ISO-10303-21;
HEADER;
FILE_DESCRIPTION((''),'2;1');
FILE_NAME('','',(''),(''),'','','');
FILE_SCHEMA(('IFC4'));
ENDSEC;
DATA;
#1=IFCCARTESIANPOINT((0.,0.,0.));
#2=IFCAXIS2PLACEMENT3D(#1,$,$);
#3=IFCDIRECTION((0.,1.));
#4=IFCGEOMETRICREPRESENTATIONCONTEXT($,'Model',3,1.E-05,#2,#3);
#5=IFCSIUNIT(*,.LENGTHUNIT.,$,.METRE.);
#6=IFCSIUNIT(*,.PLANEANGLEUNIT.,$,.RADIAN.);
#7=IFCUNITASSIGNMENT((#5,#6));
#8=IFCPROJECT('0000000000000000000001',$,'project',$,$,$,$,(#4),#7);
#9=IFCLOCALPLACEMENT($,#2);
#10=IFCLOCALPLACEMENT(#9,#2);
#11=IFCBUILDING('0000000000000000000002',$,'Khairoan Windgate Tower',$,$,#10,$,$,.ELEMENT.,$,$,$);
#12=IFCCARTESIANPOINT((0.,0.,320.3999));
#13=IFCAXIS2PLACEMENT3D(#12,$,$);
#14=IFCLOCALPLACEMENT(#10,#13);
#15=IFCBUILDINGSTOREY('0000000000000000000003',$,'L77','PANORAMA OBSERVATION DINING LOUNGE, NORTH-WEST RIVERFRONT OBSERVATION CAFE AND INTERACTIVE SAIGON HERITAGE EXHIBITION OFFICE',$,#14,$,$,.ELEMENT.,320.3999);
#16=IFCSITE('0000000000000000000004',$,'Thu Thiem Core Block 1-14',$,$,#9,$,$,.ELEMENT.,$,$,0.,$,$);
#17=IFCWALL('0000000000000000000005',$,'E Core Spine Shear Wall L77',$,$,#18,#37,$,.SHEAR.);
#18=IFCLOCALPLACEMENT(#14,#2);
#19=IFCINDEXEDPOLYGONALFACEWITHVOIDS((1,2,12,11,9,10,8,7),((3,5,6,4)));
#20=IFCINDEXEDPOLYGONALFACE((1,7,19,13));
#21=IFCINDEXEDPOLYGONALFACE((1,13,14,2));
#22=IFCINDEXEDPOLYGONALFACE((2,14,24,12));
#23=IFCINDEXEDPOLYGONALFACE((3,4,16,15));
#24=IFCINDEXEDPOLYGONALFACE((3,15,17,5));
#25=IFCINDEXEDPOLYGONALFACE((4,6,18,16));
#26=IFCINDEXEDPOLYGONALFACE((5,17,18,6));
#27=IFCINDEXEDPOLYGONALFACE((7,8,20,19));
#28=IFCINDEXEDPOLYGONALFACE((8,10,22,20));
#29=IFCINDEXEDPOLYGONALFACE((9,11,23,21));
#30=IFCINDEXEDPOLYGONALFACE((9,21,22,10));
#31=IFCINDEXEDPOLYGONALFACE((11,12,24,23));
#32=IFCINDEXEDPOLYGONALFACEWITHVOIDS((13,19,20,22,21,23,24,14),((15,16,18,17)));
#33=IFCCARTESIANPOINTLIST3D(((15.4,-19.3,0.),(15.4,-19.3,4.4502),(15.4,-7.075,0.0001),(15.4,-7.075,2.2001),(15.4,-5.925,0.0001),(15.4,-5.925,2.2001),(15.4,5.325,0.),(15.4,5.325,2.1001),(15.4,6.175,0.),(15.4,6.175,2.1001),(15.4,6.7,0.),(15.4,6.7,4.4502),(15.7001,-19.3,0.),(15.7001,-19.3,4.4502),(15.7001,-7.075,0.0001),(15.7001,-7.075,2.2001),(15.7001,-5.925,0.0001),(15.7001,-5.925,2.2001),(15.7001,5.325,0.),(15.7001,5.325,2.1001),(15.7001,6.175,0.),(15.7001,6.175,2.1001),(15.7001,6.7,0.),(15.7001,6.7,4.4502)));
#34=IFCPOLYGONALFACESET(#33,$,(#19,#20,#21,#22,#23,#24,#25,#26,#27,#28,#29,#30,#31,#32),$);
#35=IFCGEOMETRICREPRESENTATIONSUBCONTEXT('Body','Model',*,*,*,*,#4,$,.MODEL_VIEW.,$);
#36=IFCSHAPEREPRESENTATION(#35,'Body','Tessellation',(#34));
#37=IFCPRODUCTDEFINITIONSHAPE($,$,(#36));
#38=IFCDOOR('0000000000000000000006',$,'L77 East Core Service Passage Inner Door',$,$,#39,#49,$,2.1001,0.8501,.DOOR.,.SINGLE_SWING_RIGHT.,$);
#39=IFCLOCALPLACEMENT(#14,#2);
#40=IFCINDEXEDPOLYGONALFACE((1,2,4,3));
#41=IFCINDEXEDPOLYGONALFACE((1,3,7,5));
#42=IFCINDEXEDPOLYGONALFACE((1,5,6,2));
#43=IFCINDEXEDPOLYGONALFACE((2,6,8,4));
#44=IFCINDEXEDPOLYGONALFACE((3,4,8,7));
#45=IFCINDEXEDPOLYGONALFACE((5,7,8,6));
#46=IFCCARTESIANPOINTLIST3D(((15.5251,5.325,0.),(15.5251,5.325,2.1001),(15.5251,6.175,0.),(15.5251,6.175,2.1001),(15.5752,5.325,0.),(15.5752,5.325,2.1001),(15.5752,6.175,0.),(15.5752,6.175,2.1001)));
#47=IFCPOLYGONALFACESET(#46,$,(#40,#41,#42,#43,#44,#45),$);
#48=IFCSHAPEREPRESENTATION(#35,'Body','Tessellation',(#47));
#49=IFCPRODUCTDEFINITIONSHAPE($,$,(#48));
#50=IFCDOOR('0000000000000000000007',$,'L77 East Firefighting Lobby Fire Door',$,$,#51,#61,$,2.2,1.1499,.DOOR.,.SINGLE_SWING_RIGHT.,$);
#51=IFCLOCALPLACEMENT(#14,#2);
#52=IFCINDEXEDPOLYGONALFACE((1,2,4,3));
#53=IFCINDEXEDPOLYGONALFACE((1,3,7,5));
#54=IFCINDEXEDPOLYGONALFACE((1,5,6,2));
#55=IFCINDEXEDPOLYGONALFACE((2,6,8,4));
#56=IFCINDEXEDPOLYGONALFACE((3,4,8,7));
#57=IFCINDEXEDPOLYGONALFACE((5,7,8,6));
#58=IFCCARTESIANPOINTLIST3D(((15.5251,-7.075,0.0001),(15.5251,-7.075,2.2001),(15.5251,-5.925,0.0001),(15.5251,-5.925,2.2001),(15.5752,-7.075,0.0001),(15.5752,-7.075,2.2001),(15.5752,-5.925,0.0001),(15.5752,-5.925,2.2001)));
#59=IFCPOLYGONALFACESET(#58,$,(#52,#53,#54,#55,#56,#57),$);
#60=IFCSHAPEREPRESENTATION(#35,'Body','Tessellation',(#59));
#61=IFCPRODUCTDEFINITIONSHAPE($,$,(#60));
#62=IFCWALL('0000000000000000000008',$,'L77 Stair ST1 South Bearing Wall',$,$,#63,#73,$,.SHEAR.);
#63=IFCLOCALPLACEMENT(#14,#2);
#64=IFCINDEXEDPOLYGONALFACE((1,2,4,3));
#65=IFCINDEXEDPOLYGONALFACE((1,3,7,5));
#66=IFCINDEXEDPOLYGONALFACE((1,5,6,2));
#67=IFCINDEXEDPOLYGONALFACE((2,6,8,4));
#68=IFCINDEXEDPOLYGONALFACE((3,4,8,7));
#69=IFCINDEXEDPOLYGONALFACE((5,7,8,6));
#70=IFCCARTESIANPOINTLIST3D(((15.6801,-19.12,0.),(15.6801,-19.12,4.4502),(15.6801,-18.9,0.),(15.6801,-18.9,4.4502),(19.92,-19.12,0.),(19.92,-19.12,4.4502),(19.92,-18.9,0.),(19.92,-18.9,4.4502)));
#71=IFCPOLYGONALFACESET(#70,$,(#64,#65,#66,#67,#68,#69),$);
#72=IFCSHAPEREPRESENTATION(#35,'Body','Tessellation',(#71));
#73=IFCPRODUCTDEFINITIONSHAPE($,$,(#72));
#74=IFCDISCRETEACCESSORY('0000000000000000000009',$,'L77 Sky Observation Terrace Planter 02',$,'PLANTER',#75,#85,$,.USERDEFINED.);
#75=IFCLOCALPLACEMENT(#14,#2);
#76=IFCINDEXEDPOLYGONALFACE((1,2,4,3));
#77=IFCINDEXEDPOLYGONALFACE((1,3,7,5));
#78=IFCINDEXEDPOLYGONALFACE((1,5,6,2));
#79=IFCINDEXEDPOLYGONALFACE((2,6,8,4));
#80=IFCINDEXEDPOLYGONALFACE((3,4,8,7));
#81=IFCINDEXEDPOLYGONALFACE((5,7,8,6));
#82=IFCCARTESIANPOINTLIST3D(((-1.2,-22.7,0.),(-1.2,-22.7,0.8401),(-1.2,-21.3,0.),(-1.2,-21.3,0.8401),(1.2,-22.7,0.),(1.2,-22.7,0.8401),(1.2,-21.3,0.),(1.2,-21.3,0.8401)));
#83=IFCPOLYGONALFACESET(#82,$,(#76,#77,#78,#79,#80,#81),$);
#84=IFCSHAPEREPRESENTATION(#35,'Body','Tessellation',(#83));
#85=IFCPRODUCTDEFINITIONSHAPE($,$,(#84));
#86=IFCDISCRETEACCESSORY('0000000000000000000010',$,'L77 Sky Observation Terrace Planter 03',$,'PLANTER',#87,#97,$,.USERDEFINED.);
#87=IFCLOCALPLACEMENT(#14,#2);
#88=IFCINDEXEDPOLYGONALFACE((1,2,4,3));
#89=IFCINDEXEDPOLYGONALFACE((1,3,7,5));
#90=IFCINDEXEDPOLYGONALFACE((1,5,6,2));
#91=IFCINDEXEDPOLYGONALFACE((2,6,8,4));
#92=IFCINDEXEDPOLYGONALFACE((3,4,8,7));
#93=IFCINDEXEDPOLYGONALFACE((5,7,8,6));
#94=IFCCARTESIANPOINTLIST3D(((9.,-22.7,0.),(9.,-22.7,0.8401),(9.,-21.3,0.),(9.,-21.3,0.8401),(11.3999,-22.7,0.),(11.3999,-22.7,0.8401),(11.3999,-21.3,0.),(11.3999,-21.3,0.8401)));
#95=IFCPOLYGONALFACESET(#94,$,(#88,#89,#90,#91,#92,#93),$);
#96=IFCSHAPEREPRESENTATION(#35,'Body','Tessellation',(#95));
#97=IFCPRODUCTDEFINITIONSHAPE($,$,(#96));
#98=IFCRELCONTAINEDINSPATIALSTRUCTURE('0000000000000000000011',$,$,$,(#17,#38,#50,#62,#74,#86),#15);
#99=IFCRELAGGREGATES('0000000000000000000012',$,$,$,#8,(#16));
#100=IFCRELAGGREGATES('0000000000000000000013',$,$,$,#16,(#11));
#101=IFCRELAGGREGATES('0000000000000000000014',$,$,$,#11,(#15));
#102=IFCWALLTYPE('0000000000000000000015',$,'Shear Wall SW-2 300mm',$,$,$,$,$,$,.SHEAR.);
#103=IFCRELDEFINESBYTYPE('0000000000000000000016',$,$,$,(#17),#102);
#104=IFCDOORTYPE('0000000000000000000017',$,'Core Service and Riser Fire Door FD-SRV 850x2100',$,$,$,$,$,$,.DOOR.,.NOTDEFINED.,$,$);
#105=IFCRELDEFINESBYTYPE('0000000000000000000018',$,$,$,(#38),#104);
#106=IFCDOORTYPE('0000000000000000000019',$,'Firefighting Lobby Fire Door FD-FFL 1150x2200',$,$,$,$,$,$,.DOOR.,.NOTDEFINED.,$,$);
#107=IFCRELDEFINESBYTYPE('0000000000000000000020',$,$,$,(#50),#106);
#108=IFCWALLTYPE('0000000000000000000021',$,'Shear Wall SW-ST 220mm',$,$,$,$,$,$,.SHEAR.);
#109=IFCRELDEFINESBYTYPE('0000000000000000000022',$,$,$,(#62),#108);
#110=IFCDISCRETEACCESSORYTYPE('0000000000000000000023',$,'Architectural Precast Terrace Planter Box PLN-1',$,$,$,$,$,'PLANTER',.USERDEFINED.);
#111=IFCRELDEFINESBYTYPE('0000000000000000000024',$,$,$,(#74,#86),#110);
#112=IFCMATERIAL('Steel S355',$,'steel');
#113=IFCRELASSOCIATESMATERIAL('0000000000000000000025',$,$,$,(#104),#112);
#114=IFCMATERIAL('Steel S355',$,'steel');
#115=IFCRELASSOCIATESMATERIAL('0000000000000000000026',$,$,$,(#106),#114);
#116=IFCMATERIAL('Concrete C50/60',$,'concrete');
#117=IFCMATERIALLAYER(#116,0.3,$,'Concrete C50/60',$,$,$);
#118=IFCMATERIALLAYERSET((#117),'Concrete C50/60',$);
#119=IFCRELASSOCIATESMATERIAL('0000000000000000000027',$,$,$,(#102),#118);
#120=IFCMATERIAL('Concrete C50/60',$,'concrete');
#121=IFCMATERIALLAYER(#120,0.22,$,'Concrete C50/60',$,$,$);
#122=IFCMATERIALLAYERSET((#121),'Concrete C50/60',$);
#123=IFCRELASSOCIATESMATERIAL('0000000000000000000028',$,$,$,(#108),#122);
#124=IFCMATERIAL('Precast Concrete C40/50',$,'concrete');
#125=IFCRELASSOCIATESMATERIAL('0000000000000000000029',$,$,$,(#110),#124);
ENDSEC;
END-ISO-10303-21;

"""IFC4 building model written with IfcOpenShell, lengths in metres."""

from ifc_helpers import new_model, si_unit, direction, frame, frame_2d, origin, origin_2d, place, context, subcontext, project, spatial, rectangle, extrude, material, layer, layer_set, type_object, element, fill, save


model = new_model("IFC4")

# Units and contexts
model_context = context("Model", 3, precision=1e-05, world=origin(), true_north=direction((0.0, 1.0)))
body_context = subcontext(model_context, "Body", "Model", "MODEL_VIEW")
ifc_project = project(units=[si_unit("LENGTHUNIT", "METRE"), si_unit("PLANEANGLEUNIT", "RADIAN")], contexts=[model_context])

# Site, building, storey
site_placement = place(None, origin())
site = spatial("IfcSite", under=ifc_project, at=site_placement, Name="Thu Thiem Core Block 1-14", CompositionType="ELEMENT", RefElevation=0.0)
building_placement = place(site_placement, origin())
building = spatial("IfcBuilding", under=site, at=building_placement, Name="Khairoan Windgate Tower", CompositionType="ELEMENT")
storey_placement = place(building_placement, frame((0.0, 0.0, 320.3999)))
storey = spatial("IfcBuildingStorey", under=building, at=storey_placement, Name="L77", Description="PANORAMA OBSERVATION DINING LOUNGE, NORTH-WEST RIVERFRONT OBSERVATION CAFE AND INTERACTIVE SAIGON HERITAGE EXHIBITION OFFICE", CompositionType="ELEMENT", Elevation=320.3999)

# Shared definitions
ifc_material_1 = material(Name="Steel S355", Category="steel")
door_type_1 = type_object("IfcDoorType", Name="Core Service and Riser Fire Door FD-SRV 850x2100", OperationType="NOTDEFINED", PredefinedType="DOOR", material=ifc_material_1)
ifc_material_2 = material(Name="Steel S355", Category="steel")
door_type_2 = type_object("IfcDoorType", Name="Firefighting Lobby Fire Door FD-FFL 1150x2200", OperationType="NOTDEFINED", PredefinedType="DOOR", material=ifc_material_2)

# Wall, openings, doors
ifc_material_3 = material(Name="Concrete C50/60", Category="concrete")
ifc_layer_1 = layer(ifc_material_3, 0.3, Name="Concrete C50/60")
ifc_layer_set_1 = layer_set([ifc_layer_1], Name="Concrete C50/60")
wall_type_1 = type_object("IfcWallType", Name="Shear Wall SW-2 300mm", PredefinedType="SHEAR", material=ifc_layer_set_1)
wall_1_placement = place(storey_placement, frame((15.55, -19.3, 0.0), z_axis=(0.0, 0.0, 1.0), x_axis=(0.0, 1.0, 0.0)))
wall_1 = element("IfcWall", 1, at=wall_1_placement, inside=storey, type_object=wall_type_1, Name="E Core Spine Shear Wall L77", PredefinedType="SHEAR", context=body_context, shape_type="SweptSolid", body=[
    extrude(rectangle(XDim=26.0, YDim=0.3, at=frame_2d((13.0, 0.0))), origin(), (0.0, 0.0, 1.0), 4.4502),
])
opening_1_placement = place(wall_1_placement, frame((12.2251, 0.0, 0.0)))
opening_1 = element("IfcOpeningElement", 2, at=opening_1_placement, cuts=wall_1, PredefinedType="OPENING", context=body_context, shape_type="SweptSolid", body=[
    extrude(rectangle(XDim=1.1499, YDim=2.2, at=frame_2d((0.575, 1.1001))), frame((0.0, 0.1599, 0.0), z_axis=(0.0, -1.0, 0.0), x_axis=(1.0, 0.0, 0.0)), (0.0, 0.0, 1.0), 0.3201),
])
opening_2_placement = place(wall_1_placement, frame((24.625, 0.0, 0.0)))
opening_2 = element("IfcOpeningElement", 3, at=opening_2_placement, cuts=wall_1, PredefinedType="OPENING", context=body_context, shape_type="SweptSolid", body=[
    extrude(rectangle(XDim=0.8501, YDim=2.1001, at=frame_2d((0.425, 1.05))), frame((0.0, 0.1599, 0.0), z_axis=(0.0, -1.0, 0.0), x_axis=(1.0, 0.0, 0.0)), (0.0, 0.0, 1.0), 0.3201),
])
door_1_placement = place(opening_2_placement, origin())
door_1 = element("IfcDoor", 4, at=door_1_placement, inside=storey, type_object=door_type_1, Name="L77 East Core Service Passage Inner Door", OperationType="SINGLE_SWING_RIGHT", OverallHeight=2.1001, OverallWidth=0.8501, PredefinedType="DOOR", context=body_context, shape_type="SweptSolid", body=[
    extrude(rectangle(XDim=0.8501, YDim=2.1001, at=frame_2d((0.425, 1.05))), frame((0.0, 0.0249, 0.0), z_axis=(0.0, -1.0, 0.0), x_axis=(1.0, 0.0, 0.0)), (0.0, 0.0, 1.0), 0.05),
])
fill(opening_2, door_1)
door_2_placement = place(opening_1_placement, origin())
door_2 = element("IfcDoor", 5, at=door_2_placement, inside=storey, type_object=door_type_2, Name="L77 East Firefighting Lobby Fire Door", OperationType="SINGLE_SWING_RIGHT", OverallHeight=2.2, OverallWidth=1.1499, PredefinedType="DOOR", context=body_context, shape_type="SweptSolid", body=[
    extrude(rectangle(XDim=1.1499, YDim=2.2, at=frame_2d((0.575, 1.1001))), frame((0.0, 0.0249, 0.0), z_axis=(0.0, -1.0, 0.0), x_axis=(1.0, 0.0, 0.0)), (0.0, 0.0, 1.0), 0.05),
])
fill(opening_1, door_2)

# Wall
ifc_material_4 = material(Name="Concrete C50/60", Category="concrete")
ifc_layer_2 = layer(ifc_material_4, 0.22, Name="Concrete C50/60")
ifc_layer_set_2 = layer_set([ifc_layer_2], Name="Concrete C50/60")
wall_type_2 = type_object("IfcWallType", Name="Shear Wall SW-ST 220mm", PredefinedType="SHEAR", material=ifc_layer_set_2)
wall_2_placement = place(storey_placement, frame((15.6799, -19.01, 0.0), z_axis=(0.0, 0.0, 1.0), x_axis=(1.0, 0.0, 0.0)))
element("IfcWall", 6, at=wall_2_placement, inside=storey, type_object=wall_type_2, Name="L77 Stair ST1 South Bearing Wall", PredefinedType="SHEAR", context=body_context, shape_type="SweptSolid", body=[
    extrude(rectangle(XDim=4.24, YDim=0.22, at=frame_2d((2.1201, 0.0))), origin(), (0.0, 0.0, 1.0), 4.4502),
])

# Discrete accessories
ifc_material_5 = material(Name="Precast Concrete C40/50", Category="concrete")
discrete_accessory_type = type_object("IfcDiscreteAccessoryType", Name="Architectural Precast Terrace Planter Box PLN-1", ElementType="PLANTER", PredefinedType="USERDEFINED", material=ifc_material_5)
for number, where, z_axis, x_axis, name in (
    (7, (0.0, -22.0, 0.0), (0.0, 0.0, 1.0), (0.0, 1.0, 0.0), "L77 Sky Observation Terrace Planter 02"),
    (8, (10.2, -22.0, 0.0), (0.0, 0.0, 1.0), (0.0, 1.0, 0.0), "L77 Sky Observation Terrace Planter 03"),
):
    element("IfcDiscreteAccessory", number, at=place(storey_placement, frame(where, z_axis=z_axis, x_axis=x_axis)), inside=storey, type_object=discrete_accessory_type, Name=name, ObjectType="PLANTER", PredefinedType="USERDEFINED", context=body_context, shape_type="SweptSolid", body=[
        extrude(rectangle(XDim=1.3999, YDim=2.3999, at=origin_2d()), origin(), (0.0, 0.0, 1.0), 0.8401),
    ])

save(model, "model.ifc")
